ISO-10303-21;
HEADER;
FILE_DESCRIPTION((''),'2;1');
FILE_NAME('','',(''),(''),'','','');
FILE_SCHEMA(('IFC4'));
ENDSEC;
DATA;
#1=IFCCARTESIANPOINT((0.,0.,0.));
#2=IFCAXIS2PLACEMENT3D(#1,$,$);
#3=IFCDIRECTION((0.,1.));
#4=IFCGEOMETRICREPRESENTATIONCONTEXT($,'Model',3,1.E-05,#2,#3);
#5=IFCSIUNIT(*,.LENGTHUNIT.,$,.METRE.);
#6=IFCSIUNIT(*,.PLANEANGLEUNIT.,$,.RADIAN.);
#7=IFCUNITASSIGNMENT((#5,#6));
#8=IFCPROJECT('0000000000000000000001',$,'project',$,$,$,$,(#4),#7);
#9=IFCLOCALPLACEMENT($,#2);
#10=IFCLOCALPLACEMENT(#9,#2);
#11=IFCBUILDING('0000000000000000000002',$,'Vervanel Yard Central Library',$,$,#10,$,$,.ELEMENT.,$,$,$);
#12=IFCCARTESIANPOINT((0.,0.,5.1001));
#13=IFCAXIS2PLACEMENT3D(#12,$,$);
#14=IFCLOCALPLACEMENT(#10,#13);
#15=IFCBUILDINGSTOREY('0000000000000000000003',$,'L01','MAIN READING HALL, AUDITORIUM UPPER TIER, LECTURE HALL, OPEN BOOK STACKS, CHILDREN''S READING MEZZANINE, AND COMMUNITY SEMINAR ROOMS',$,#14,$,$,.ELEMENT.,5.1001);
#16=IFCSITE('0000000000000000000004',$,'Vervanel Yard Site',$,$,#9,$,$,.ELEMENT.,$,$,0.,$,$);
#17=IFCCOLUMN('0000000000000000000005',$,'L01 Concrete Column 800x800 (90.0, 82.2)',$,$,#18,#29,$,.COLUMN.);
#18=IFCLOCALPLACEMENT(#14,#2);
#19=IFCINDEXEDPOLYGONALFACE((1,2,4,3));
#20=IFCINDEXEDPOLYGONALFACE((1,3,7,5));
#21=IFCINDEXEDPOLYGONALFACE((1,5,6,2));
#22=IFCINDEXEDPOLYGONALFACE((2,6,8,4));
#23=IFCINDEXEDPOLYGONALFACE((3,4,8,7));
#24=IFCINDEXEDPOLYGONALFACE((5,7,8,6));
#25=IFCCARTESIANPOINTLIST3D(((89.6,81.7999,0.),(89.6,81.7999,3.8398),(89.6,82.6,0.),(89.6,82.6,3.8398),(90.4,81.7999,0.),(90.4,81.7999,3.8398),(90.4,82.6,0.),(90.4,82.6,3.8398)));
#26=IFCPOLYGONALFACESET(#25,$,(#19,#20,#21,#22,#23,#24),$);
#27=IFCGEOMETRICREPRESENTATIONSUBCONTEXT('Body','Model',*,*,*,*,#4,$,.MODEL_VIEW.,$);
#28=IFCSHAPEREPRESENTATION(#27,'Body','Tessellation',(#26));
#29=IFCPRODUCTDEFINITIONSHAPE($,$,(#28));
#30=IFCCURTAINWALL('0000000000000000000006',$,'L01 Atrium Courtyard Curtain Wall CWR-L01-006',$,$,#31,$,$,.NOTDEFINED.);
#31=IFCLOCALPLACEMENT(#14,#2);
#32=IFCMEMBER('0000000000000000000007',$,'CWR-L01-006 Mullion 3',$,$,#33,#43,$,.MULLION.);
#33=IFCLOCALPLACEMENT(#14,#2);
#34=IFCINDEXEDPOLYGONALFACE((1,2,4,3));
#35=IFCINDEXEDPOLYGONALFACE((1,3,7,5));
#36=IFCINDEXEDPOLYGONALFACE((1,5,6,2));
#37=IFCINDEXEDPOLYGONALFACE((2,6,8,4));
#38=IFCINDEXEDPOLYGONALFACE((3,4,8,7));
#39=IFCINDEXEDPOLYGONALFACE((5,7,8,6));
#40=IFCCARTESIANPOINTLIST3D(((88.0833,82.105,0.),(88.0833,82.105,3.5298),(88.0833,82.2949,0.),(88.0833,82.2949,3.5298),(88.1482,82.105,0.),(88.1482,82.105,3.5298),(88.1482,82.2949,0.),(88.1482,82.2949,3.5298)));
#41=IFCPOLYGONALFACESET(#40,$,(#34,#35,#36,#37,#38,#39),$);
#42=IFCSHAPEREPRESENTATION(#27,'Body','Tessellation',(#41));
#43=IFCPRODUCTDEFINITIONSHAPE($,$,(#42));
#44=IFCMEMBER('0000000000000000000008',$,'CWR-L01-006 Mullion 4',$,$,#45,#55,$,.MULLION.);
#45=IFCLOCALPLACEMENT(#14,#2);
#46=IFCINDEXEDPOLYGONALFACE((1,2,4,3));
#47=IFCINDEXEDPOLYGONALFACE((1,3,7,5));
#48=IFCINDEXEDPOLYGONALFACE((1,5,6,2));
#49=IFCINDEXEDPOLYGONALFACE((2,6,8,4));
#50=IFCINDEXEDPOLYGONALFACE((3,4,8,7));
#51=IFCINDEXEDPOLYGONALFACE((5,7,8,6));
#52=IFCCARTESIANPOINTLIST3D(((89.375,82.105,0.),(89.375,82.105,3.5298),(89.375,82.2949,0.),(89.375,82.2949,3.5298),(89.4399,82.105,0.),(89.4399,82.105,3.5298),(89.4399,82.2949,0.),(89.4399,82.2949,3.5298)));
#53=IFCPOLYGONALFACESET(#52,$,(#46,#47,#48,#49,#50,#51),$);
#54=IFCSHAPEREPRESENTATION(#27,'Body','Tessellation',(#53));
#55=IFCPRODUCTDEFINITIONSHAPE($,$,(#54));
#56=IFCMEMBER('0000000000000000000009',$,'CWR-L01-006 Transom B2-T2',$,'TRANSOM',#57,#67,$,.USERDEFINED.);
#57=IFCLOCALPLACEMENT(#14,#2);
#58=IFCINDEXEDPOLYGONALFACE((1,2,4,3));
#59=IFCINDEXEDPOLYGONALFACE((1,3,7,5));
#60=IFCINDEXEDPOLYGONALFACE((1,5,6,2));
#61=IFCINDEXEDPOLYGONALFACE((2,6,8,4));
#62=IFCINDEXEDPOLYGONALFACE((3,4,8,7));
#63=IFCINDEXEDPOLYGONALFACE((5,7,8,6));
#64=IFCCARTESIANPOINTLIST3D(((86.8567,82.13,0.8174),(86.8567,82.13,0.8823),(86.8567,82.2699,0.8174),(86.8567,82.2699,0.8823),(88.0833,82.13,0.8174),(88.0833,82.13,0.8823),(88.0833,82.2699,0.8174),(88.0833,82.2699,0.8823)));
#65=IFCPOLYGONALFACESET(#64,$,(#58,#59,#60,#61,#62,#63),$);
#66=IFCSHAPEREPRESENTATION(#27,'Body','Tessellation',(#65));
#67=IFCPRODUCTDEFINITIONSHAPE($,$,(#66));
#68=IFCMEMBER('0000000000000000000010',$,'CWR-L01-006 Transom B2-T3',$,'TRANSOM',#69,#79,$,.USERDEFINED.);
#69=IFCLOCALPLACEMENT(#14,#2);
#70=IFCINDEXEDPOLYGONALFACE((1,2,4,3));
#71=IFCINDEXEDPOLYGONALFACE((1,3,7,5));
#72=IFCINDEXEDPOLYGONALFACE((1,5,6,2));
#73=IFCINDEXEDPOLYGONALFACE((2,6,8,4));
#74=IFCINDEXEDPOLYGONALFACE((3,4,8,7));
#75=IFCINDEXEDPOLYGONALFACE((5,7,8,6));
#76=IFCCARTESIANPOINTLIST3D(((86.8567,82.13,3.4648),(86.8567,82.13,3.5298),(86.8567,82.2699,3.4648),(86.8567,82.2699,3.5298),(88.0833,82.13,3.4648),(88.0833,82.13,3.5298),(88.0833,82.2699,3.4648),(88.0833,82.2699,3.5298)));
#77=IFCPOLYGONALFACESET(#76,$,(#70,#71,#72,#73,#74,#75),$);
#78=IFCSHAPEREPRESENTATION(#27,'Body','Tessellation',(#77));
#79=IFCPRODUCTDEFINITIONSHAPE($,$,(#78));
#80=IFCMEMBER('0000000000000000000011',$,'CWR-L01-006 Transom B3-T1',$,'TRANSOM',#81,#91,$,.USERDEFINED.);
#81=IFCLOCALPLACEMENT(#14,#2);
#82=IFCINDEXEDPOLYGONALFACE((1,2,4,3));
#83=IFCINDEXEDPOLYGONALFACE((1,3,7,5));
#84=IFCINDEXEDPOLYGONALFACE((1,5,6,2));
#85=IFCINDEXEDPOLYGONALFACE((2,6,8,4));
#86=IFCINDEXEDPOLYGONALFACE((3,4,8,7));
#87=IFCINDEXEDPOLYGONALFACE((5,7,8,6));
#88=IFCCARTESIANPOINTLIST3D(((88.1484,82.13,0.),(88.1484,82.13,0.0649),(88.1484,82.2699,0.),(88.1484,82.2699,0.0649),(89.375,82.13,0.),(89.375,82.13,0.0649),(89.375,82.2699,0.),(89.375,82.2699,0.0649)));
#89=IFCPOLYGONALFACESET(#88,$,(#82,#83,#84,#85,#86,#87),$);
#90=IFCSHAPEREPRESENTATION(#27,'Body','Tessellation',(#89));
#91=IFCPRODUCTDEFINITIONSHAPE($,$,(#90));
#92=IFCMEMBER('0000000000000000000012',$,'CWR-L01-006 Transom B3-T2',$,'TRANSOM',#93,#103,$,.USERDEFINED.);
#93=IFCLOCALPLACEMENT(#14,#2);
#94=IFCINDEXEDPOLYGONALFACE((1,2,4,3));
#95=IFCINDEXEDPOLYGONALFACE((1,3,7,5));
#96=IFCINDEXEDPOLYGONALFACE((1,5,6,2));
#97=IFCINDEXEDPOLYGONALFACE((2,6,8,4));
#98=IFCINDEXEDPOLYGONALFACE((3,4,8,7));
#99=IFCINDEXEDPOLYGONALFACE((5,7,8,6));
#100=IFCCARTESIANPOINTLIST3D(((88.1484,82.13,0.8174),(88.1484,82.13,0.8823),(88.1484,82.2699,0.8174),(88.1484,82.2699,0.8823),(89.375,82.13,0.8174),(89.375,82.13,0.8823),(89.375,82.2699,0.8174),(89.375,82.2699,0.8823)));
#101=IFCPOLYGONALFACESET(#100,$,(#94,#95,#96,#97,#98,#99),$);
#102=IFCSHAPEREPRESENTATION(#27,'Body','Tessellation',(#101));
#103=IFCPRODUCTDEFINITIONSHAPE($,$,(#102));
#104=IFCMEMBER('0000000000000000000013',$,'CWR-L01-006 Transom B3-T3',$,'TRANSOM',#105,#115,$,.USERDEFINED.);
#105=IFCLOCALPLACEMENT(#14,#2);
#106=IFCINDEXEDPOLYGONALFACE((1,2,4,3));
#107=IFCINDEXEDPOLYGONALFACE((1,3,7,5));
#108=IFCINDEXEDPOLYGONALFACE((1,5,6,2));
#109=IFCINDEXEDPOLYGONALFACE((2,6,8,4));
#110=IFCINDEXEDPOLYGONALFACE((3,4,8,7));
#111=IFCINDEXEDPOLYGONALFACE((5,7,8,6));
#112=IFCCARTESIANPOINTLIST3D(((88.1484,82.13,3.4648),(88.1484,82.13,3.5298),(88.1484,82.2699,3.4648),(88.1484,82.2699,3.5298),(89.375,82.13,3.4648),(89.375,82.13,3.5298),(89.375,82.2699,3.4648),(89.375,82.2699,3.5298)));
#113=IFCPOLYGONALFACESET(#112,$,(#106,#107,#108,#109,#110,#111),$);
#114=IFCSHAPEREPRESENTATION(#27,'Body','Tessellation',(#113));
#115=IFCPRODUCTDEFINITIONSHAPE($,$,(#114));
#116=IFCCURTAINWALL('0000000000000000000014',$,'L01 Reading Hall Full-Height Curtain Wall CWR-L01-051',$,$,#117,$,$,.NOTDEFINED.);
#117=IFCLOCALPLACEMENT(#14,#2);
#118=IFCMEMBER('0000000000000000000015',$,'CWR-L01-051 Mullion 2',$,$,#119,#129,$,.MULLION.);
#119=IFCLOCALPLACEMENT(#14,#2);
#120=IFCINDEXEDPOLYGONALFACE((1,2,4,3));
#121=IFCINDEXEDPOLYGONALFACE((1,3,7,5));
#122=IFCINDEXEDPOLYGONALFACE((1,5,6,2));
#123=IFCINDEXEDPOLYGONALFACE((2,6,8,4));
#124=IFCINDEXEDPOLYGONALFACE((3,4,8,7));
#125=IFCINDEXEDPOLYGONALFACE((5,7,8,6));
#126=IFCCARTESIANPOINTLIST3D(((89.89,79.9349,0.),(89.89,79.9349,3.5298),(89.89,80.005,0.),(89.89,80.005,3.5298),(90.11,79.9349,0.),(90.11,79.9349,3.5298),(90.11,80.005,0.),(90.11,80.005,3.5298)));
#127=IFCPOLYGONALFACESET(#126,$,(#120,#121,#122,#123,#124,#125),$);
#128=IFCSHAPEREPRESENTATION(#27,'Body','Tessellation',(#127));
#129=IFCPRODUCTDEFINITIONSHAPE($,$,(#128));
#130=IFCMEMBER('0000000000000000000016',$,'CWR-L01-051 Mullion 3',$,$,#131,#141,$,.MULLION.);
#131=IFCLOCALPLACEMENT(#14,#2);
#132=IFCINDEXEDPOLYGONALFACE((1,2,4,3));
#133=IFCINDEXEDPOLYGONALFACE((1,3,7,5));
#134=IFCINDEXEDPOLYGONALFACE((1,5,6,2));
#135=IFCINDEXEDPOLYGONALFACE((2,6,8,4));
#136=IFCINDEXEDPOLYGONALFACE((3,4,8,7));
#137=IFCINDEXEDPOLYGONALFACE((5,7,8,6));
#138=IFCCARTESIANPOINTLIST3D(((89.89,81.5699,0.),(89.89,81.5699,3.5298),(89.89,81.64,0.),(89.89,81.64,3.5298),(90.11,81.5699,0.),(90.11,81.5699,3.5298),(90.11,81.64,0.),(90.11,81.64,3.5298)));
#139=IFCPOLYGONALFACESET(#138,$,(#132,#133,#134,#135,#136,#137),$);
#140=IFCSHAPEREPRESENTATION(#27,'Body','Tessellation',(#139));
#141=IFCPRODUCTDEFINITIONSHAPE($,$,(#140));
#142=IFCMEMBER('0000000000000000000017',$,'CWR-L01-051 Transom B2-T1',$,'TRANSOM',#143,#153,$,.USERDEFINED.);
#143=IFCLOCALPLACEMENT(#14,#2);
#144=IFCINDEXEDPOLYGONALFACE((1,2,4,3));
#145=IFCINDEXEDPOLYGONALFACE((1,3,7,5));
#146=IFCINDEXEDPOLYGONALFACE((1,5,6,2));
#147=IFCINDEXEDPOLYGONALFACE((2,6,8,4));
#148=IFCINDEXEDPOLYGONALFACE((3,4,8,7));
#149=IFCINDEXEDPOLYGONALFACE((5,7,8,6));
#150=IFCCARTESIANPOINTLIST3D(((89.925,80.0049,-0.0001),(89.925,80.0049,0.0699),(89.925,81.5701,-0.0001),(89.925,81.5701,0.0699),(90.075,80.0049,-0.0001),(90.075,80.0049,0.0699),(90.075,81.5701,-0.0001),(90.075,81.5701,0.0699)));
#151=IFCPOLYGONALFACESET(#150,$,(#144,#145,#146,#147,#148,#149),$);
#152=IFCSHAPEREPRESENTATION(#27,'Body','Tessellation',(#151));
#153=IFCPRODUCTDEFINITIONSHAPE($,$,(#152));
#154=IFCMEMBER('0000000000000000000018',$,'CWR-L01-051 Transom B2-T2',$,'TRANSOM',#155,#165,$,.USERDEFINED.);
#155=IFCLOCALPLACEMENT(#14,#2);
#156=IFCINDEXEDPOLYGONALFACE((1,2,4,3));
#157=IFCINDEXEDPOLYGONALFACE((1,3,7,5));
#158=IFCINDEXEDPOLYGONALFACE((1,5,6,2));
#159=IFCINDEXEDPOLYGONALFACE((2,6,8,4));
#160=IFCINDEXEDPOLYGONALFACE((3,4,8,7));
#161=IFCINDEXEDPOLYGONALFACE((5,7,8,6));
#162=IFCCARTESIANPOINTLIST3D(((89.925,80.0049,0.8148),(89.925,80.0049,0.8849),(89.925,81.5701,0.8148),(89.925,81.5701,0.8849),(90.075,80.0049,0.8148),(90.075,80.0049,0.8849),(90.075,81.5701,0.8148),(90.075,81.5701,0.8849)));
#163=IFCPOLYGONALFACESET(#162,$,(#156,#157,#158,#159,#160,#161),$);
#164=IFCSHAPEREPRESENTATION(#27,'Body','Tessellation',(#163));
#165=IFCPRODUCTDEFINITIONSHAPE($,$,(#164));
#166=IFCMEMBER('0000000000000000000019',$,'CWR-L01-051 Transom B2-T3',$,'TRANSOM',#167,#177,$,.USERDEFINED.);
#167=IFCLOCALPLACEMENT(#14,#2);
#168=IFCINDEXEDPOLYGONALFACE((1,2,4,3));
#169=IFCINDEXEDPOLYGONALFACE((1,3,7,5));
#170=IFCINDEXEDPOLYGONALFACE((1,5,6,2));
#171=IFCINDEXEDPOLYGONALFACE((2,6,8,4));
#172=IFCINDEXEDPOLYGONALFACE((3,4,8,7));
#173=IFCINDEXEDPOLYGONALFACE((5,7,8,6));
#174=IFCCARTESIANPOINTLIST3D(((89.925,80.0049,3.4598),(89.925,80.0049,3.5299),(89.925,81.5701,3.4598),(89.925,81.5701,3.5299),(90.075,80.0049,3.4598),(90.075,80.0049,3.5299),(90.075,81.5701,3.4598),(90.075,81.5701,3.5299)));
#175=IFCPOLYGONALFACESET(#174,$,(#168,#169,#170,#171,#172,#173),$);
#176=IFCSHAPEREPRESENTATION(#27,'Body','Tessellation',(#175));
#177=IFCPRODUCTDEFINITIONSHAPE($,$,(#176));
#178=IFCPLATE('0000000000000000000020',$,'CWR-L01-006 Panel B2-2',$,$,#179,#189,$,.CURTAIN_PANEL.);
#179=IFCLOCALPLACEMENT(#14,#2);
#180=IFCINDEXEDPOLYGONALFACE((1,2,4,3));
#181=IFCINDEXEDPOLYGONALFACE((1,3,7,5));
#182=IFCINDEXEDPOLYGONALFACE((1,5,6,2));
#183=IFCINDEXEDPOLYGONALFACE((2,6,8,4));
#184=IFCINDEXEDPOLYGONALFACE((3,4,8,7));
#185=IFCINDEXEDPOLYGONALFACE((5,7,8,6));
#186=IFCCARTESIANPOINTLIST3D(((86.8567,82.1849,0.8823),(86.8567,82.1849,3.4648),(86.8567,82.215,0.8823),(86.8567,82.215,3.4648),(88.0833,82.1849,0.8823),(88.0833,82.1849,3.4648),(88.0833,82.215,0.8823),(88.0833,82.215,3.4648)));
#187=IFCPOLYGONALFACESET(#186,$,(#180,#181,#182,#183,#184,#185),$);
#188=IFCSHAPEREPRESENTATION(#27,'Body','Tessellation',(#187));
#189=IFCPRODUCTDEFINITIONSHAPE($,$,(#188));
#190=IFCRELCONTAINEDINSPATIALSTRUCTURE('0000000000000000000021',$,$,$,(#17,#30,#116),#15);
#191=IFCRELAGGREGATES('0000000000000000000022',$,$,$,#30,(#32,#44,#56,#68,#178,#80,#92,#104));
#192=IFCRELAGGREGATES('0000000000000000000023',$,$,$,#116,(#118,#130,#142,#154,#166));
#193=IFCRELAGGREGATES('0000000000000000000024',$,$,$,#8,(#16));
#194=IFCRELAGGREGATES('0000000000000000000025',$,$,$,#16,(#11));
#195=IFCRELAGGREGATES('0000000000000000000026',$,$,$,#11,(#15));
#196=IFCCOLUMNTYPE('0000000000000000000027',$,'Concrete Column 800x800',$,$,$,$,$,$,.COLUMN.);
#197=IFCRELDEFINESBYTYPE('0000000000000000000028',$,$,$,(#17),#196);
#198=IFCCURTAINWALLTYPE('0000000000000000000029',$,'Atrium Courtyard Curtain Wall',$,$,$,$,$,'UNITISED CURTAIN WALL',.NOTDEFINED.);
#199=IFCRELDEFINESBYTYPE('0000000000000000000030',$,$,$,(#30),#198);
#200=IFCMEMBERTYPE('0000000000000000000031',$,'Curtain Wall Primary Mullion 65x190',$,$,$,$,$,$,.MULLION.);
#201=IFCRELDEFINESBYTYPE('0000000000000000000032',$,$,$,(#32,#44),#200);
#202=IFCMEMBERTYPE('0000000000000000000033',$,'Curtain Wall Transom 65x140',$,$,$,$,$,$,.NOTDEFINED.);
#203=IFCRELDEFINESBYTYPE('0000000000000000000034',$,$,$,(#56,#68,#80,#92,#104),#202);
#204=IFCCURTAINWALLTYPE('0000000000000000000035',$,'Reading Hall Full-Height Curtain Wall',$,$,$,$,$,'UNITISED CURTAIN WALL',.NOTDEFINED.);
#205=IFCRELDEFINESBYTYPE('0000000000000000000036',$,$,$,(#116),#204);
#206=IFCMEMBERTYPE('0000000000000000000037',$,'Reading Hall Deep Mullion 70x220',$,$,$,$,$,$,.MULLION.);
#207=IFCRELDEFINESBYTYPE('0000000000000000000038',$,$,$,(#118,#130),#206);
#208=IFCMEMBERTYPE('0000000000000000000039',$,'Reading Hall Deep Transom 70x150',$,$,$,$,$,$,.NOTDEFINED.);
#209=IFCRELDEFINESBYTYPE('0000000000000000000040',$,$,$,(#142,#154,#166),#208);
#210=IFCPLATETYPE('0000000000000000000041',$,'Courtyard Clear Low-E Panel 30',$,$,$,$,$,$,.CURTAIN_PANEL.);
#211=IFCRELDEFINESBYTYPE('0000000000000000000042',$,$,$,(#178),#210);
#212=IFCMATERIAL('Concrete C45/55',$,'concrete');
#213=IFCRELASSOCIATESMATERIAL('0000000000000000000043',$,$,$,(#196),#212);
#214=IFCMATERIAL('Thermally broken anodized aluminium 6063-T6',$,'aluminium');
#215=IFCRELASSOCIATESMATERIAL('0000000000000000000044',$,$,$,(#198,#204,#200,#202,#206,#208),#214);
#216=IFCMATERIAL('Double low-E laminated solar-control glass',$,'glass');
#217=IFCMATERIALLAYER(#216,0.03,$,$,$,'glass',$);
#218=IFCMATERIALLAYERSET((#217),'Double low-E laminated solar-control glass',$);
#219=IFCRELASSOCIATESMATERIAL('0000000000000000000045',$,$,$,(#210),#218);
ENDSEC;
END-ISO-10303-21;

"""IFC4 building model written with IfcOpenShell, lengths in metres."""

from ifc_helpers import new_model, si_unit, direction, frame, origin, origin_2d, place, context, subcontext, project, spatial, rectangle, extrude, material, layer, layer_set, material_profile, profile_set, type_object, element, aggregate, save


model = new_model("IFC4")

# Units and contexts
model_context = context("Model", 3, precision=1e-05, world=origin(), true_north=direction((0.0, 1.0)))
body_context = subcontext(model_context, "Body", "Model", "MODEL_VIEW")
ifc_project = project(units=[si_unit("LENGTHUNIT", "METRE"), si_unit("PLANEANGLEUNIT", "RADIAN")], contexts=[model_context])

# Site, building, storey
site_placement = place(None, origin())
site = spatial("IfcSite", under=ifc_project, at=site_placement, Name="Vervanel Yard Site", CompositionType="ELEMENT", RefElevation=0.0)
building_placement = place(site_placement, origin())
building = spatial("IfcBuilding", under=site, at=building_placement, Name="Vervanel Yard Central Library", CompositionType="ELEMENT")
storey_placement = place(building_placement, frame((0.0, 0.0, 5.1001)))
storey = spatial("IfcBuildingStorey", under=building, at=storey_placement, Name="L01", Description="MAIN READING HALL, AUDITORIUM UPPER TIER, LECTURE HALL, OPEN BOOK STACKS, CHILDREN'S READING MEZZANINE, AND COMMUNITY SEMINAR ROOMS", CompositionType="ELEMENT", Elevation=5.1001)

# Column
ifc_material_1 = material(Name="Concrete C45/55", Category="concrete")
ifc_material_profile_1 = material_profile(ifc_material_1, rectangle(XDim=0.8, YDim=0.8, at=origin_2d()), Name="RC 800x800", Category="concrete")
ifc_profile_set_1 = profile_set([ifc_material_profile_1], Name="Concrete C45/55")
column_type = type_object("IfcColumnType", Name="Concrete Column 800x800", PredefinedType="COLUMN", material=ifc_profile_set_1)
column_placement = place(storey_placement, frame((90.0, 82.2, 0.0), z_axis=(0.0, 0.0, 1.0), x_axis=(1.0, 0.0, 0.0)))
element("IfcColumn", 1, at=column_placement, inside=storey, type_object=column_type, Name="L01 Concrete Column 800x800 (90.0, 82.2)", PredefinedType="COLUMN", context=body_context, shape_type="SweptSolid", body=[
    extrude(rectangle(XDim=0.8, YDim=0.8, at=origin_2d()), origin(), (0.0, 0.0, 1.0), 3.8398),
])

# Curtain walls, members
ifc_material_2 = material(Name="Thermally broken anodized aluminium 6063-T6", Category="aluminium")
curtain_wall_type_1 = type_object("IfcCurtainWallType", Name="Atrium Courtyard Curtain Wall", ElementType="UNITISED CURTAIN WALL", PredefinedType="NOTDEFINED", material=ifc_material_2)
curtain_wall_1_placement = place(storey_placement, origin())
curtain_wall_1 = element("IfcCurtainWall", 2, at=curtain_wall_1_placement, inside=storey, type_object=curtain_wall_type_1, Name="L01 Atrium Courtyard Curtain Wall CWR-L01-006", PredefinedType="NOTDEFINED")
ifc_material_profile_2 = material_profile(ifc_material_2, rectangle(XDim=0.0649, YDim=0.1899, at=origin_2d()), Name="ALU 65x190", Category="aluminium")
ifc_profile_set_2 = profile_set([ifc_material_profile_2], Name="Thermally broken anodized aluminium 6063-T6")
member_type_1 = type_object("IfcMemberType", Name="Curtain Wall Primary Mullion 65x190", PredefinedType="MULLION", material=ifc_profile_set_2)
member_1_placement = place(storey_placement, frame((88.1157, 82.2, 0.0), z_axis=(0.0, 0.0, 1.0), x_axis=(1.0, 0.0, 0.0)))
member_1 = element("IfcMember", 3, at=member_1_placement, type_object=member_type_1, Name="CWR-L01-006 Mullion 3", PredefinedType="MULLION", context=body_context, shape_type="SweptSolid", body=[
    extrude(rectangle(XDim=0.0649, YDim=0.1899, at=origin_2d()), origin(), (0.0, 0.0, 1.0), 3.5298),
])
member_2_placement = place(storey_placement, frame((89.4075, 82.2, 0.0), z_axis=(0.0, 0.0, 1.0), x_axis=(1.0, 0.0, 0.0)))
member_2 = element("IfcMember", 4, at=member_2_placement, type_object=member_type_1, Name="CWR-L01-006 Mullion 4", PredefinedType="MULLION", context=body_context, shape_type="SweptSolid", body=[
    extrude(rectangle(XDim=0.0649, YDim=0.1899, at=origin_2d()), origin(), (0.0, 0.0, 1.0), 3.5298),
])
ifc_material_profile_3 = material_profile(ifc_material_2, rectangle(XDim=0.0649, YDim=0.1399, at=origin_2d()), Name="ALU 65x140", Category="aluminium")
ifc_profile_set_3 = profile_set([ifc_material_profile_3], Name="Thermally broken anodized aluminium 6063-T6")
member_type_2 = type_object("IfcMemberType", Name="Curtain Wall Transom 65x140", PredefinedType="NOTDEFINED", material=ifc_profile_set_3)
member_3_placement = place(storey_placement, frame((86.8567, 82.2, 0.8499), z_axis=(1.0, 0.0, 0.0), x_axis=(0.0, 0.0, 1.0)))
member_3 = element("IfcMember", 5, at=member_3_placement, type_object=member_type_2, Name="CWR-L01-006 Transom B2-T2", ObjectType="TRANSOM", PredefinedType="USERDEFINED", context=body_context, shape_type="SweptSolid", body=[
    extrude(rectangle(XDim=0.0649, YDim=0.1399, at=origin_2d()), origin(), (0.0, 0.0, 1.0), 1.2266),
])
member_4_placement = place(storey_placement, frame((86.8567, 82.2, 3.4973), z_axis=(1.0, 0.0, 0.0), x_axis=(0.0, 0.0, 1.0)))
member_4 = element("IfcMember", 6, at=member_4_placement, type_object=member_type_2, Name="CWR-L01-006 Transom B2-T3", ObjectType="TRANSOM", PredefinedType="USERDEFINED", context=body_context, shape_type="SweptSolid", body=[
    extrude(rectangle(XDim=0.0649, YDim=0.1399, at=origin_2d()), origin(), (0.0, 0.0, 1.0), 1.2266),
])
member_5_placement = place(storey_placement, frame((88.1484, 82.2, 0.0325), z_axis=(1.0, 0.0, 0.0), x_axis=(0.0, 0.0, 1.0)))
member_5 = element("IfcMember", 7, at=member_5_placement, type_object=member_type_2, Name="CWR-L01-006 Transom B3-T1", ObjectType="TRANSOM", PredefinedType="USERDEFINED", context=body_context, shape_type="SweptSolid", body=[
    extrude(rectangle(XDim=0.0649, YDim=0.1399, at=origin_2d()), origin(), (0.0, 0.0, 1.0), 1.2266),
])
member_6_placement = place(storey_placement, frame((88.1484, 82.2, 0.8499), z_axis=(1.0, 0.0, 0.0), x_axis=(0.0, 0.0, 1.0)))
member_6 = element("IfcMember", 8, at=member_6_placement, type_object=member_type_2, Name="CWR-L01-006 Transom B3-T2", ObjectType="TRANSOM", PredefinedType="USERDEFINED", context=body_context, shape_type="SweptSolid", body=[
    extrude(rectangle(XDim=0.0649, YDim=0.1399, at=origin_2d()), origin(), (0.0, 0.0, 1.0), 1.2266),
])
member_7_placement = place(storey_placement, frame((88.1484, 82.2, 3.4973), z_axis=(1.0, 0.0, 0.0), x_axis=(0.0, 0.0, 1.0)))
member_7 = element("IfcMember", 9, at=member_7_placement, type_object=member_type_2, Name="CWR-L01-006 Transom B3-T3", ObjectType="TRANSOM", PredefinedType="USERDEFINED", context=body_context, shape_type="SweptSolid", body=[
    extrude(rectangle(XDim=0.0649, YDim=0.1399, at=origin_2d()), origin(), (0.0, 0.0, 1.0), 1.2266),
])
curtain_wall_type_2 = type_object("IfcCurtainWallType", Name="Reading Hall Full-Height Curtain Wall", ElementType="UNITISED CURTAIN WALL", PredefinedType="NOTDEFINED", material=ifc_material_2)
curtain_wall_2_placement = place(storey_placement, origin())
curtain_wall_2 = element("IfcCurtainWall", 10, at=curtain_wall_2_placement, inside=storey, type_object=curtain_wall_type_2, Name="L01 Reading Hall Full-Height Curtain Wall CWR-L01-051", PredefinedType="NOTDEFINED")
ifc_material_profile_4 = material_profile(ifc_material_2, rectangle(XDim=0.0701, YDim=0.22, at=origin_2d()), Name="ALU 70x220", Category="aluminium")
ifc_profile_set_4 = profile_set([ifc_material_profile_4], Name="Thermally broken anodized aluminium 6063-T6")
member_type_3 = type_object("IfcMemberType", Name="Reading Hall Deep Mullion 70x220", PredefinedType="MULLION", material=ifc_profile_set_4)
member_8_placement = place(storey_placement, frame((90.0, 79.97, 0.0), z_axis=(0.0, 0.0, 1.0), x_axis=(0.0, 1.0, 0.0)))
member_8 = element("IfcMember", 11, at=member_8_placement, type_object=member_type_3, Name="CWR-L01-051 Mullion 2", PredefinedType="MULLION", context=body_context, shape_type="SweptSolid", body=[
    extrude(rectangle(XDim=0.0701, YDim=0.22, at=origin_2d()), origin(), (0.0, 0.0, 1.0), 3.5298),
])
member_9_placement = place(storey_placement, frame((90.0, 81.605, 0.0), z_axis=(0.0, 0.0, 1.0), x_axis=(0.0, 1.0, 0.0)))
member_9 = element("IfcMember", 12, at=member_9_placement, type_object=member_type_3, Name="CWR-L01-051 Mullion 3", PredefinedType="MULLION", context=body_context, shape_type="SweptSolid", body=[
    extrude(rectangle(XDim=0.0701, YDim=0.22, at=origin_2d()), origin(), (0.0, 0.0, 1.0), 3.5298),
])
ifc_material_profile_5 = material_profile(ifc_material_2, rectangle(XDim=0.0701, YDim=0.1499, at=origin_2d()), Name="ALU 70x150", Category="aluminium")
ifc_profile_set_5 = profile_set([ifc_material_profile_5], Name="Thermally broken anodized aluminium 6063-T6")
member_type_4 = type_object("IfcMemberType", Name="Reading Hall Deep Transom 70x150", PredefinedType="NOTDEFINED", material=ifc_profile_set_5)
member_10_placement = place(storey_placement, frame((90.0, 80.0049, 0.0349), z_axis=(0.0, 1.0, 0.0), x_axis=(0.0, 0.0, 1.0)))
member_10 = element("IfcMember", 13, at=member_10_placement, type_object=member_type_4, Name="CWR-L01-051 Transom B2-T1", ObjectType="TRANSOM", PredefinedType="USERDEFINED", context=body_context, shape_type="SweptSolid", body=[
    extrude(rectangle(XDim=0.0701, YDim=0.1499, at=origin_2d()), origin(), (0.0, 0.0, 1.0), 1.5652),
])
member_11_placement = place(storey_placement, frame((90.0, 80.0049, 0.8499), z_axis=(0.0, 1.0, 0.0), x_axis=(0.0, 0.0, 1.0)))
member_11 = element("IfcMember", 14, at=member_11_placement, type_object=member_type_4, Name="CWR-L01-051 Transom B2-T2", ObjectType="TRANSOM", PredefinedType="USERDEFINED", context=body_context, shape_type="SweptSolid", body=[
    extrude(rectangle(XDim=0.0701, YDim=0.1499, at=origin_2d()), origin(), (0.0, 0.0, 1.0), 1.5652),
])
member_12_placement = place(storey_placement, frame((90.0, 80.0049, 3.4949), z_axis=(0.0, 1.0, 0.0), x_axis=(0.0, 0.0, 1.0)))
member_12 = element("IfcMember", 15, at=member_12_placement, type_object=member_type_4, Name="CWR-L01-051 Transom B2-T3", ObjectType="TRANSOM", PredefinedType="USERDEFINED", context=body_context, shape_type="SweptSolid", body=[
    extrude(rectangle(XDim=0.0701, YDim=0.1499, at=origin_2d()), origin(), (0.0, 0.0, 1.0), 1.5652),
])

# Plate
ifc_material_3 = material(Name="Double low-E laminated solar-control glass", Category="glass")
ifc_layer_1 = layer(ifc_material_3, 0.03, Category="glass")
ifc_layer_set_1 = layer_set([ifc_layer_1], Name="Double low-E laminated solar-control glass")
plate_type_1 = type_object("IfcPlateType", Name="Courtyard Clear Low-E Panel 30", PredefinedType="CURTAIN_PANEL", material=ifc_layer_set_1)
plate_1_placement = place(storey_placement, frame((87.47, 82.2, 0.8823), z_axis=(0.0, 0.0, 1.0), x_axis=(1.0, 0.0, 0.0)))
plate_1 = element("IfcPlate", 16, at=plate_1_placement, type_object=plate_type_1, Name="CWR-L01-006 Panel B2-2", PredefinedType="CURTAIN_PANEL", context=body_context, shape_type="SweptSolid", body=[
    extrude(rectangle(XDim=1.2266, YDim=0.03, at=origin_2d()), origin(), (0.0, 0.0, 1.0), 2.5825),
])
aggregate(curtain_wall_1, [member_1, member_2, member_3, member_4, plate_1, member_5, member_6, member_7])
aggregate(curtain_wall_2, [member_8, member_9, member_10, member_11, member_12])

save(model, "model.ifc")
